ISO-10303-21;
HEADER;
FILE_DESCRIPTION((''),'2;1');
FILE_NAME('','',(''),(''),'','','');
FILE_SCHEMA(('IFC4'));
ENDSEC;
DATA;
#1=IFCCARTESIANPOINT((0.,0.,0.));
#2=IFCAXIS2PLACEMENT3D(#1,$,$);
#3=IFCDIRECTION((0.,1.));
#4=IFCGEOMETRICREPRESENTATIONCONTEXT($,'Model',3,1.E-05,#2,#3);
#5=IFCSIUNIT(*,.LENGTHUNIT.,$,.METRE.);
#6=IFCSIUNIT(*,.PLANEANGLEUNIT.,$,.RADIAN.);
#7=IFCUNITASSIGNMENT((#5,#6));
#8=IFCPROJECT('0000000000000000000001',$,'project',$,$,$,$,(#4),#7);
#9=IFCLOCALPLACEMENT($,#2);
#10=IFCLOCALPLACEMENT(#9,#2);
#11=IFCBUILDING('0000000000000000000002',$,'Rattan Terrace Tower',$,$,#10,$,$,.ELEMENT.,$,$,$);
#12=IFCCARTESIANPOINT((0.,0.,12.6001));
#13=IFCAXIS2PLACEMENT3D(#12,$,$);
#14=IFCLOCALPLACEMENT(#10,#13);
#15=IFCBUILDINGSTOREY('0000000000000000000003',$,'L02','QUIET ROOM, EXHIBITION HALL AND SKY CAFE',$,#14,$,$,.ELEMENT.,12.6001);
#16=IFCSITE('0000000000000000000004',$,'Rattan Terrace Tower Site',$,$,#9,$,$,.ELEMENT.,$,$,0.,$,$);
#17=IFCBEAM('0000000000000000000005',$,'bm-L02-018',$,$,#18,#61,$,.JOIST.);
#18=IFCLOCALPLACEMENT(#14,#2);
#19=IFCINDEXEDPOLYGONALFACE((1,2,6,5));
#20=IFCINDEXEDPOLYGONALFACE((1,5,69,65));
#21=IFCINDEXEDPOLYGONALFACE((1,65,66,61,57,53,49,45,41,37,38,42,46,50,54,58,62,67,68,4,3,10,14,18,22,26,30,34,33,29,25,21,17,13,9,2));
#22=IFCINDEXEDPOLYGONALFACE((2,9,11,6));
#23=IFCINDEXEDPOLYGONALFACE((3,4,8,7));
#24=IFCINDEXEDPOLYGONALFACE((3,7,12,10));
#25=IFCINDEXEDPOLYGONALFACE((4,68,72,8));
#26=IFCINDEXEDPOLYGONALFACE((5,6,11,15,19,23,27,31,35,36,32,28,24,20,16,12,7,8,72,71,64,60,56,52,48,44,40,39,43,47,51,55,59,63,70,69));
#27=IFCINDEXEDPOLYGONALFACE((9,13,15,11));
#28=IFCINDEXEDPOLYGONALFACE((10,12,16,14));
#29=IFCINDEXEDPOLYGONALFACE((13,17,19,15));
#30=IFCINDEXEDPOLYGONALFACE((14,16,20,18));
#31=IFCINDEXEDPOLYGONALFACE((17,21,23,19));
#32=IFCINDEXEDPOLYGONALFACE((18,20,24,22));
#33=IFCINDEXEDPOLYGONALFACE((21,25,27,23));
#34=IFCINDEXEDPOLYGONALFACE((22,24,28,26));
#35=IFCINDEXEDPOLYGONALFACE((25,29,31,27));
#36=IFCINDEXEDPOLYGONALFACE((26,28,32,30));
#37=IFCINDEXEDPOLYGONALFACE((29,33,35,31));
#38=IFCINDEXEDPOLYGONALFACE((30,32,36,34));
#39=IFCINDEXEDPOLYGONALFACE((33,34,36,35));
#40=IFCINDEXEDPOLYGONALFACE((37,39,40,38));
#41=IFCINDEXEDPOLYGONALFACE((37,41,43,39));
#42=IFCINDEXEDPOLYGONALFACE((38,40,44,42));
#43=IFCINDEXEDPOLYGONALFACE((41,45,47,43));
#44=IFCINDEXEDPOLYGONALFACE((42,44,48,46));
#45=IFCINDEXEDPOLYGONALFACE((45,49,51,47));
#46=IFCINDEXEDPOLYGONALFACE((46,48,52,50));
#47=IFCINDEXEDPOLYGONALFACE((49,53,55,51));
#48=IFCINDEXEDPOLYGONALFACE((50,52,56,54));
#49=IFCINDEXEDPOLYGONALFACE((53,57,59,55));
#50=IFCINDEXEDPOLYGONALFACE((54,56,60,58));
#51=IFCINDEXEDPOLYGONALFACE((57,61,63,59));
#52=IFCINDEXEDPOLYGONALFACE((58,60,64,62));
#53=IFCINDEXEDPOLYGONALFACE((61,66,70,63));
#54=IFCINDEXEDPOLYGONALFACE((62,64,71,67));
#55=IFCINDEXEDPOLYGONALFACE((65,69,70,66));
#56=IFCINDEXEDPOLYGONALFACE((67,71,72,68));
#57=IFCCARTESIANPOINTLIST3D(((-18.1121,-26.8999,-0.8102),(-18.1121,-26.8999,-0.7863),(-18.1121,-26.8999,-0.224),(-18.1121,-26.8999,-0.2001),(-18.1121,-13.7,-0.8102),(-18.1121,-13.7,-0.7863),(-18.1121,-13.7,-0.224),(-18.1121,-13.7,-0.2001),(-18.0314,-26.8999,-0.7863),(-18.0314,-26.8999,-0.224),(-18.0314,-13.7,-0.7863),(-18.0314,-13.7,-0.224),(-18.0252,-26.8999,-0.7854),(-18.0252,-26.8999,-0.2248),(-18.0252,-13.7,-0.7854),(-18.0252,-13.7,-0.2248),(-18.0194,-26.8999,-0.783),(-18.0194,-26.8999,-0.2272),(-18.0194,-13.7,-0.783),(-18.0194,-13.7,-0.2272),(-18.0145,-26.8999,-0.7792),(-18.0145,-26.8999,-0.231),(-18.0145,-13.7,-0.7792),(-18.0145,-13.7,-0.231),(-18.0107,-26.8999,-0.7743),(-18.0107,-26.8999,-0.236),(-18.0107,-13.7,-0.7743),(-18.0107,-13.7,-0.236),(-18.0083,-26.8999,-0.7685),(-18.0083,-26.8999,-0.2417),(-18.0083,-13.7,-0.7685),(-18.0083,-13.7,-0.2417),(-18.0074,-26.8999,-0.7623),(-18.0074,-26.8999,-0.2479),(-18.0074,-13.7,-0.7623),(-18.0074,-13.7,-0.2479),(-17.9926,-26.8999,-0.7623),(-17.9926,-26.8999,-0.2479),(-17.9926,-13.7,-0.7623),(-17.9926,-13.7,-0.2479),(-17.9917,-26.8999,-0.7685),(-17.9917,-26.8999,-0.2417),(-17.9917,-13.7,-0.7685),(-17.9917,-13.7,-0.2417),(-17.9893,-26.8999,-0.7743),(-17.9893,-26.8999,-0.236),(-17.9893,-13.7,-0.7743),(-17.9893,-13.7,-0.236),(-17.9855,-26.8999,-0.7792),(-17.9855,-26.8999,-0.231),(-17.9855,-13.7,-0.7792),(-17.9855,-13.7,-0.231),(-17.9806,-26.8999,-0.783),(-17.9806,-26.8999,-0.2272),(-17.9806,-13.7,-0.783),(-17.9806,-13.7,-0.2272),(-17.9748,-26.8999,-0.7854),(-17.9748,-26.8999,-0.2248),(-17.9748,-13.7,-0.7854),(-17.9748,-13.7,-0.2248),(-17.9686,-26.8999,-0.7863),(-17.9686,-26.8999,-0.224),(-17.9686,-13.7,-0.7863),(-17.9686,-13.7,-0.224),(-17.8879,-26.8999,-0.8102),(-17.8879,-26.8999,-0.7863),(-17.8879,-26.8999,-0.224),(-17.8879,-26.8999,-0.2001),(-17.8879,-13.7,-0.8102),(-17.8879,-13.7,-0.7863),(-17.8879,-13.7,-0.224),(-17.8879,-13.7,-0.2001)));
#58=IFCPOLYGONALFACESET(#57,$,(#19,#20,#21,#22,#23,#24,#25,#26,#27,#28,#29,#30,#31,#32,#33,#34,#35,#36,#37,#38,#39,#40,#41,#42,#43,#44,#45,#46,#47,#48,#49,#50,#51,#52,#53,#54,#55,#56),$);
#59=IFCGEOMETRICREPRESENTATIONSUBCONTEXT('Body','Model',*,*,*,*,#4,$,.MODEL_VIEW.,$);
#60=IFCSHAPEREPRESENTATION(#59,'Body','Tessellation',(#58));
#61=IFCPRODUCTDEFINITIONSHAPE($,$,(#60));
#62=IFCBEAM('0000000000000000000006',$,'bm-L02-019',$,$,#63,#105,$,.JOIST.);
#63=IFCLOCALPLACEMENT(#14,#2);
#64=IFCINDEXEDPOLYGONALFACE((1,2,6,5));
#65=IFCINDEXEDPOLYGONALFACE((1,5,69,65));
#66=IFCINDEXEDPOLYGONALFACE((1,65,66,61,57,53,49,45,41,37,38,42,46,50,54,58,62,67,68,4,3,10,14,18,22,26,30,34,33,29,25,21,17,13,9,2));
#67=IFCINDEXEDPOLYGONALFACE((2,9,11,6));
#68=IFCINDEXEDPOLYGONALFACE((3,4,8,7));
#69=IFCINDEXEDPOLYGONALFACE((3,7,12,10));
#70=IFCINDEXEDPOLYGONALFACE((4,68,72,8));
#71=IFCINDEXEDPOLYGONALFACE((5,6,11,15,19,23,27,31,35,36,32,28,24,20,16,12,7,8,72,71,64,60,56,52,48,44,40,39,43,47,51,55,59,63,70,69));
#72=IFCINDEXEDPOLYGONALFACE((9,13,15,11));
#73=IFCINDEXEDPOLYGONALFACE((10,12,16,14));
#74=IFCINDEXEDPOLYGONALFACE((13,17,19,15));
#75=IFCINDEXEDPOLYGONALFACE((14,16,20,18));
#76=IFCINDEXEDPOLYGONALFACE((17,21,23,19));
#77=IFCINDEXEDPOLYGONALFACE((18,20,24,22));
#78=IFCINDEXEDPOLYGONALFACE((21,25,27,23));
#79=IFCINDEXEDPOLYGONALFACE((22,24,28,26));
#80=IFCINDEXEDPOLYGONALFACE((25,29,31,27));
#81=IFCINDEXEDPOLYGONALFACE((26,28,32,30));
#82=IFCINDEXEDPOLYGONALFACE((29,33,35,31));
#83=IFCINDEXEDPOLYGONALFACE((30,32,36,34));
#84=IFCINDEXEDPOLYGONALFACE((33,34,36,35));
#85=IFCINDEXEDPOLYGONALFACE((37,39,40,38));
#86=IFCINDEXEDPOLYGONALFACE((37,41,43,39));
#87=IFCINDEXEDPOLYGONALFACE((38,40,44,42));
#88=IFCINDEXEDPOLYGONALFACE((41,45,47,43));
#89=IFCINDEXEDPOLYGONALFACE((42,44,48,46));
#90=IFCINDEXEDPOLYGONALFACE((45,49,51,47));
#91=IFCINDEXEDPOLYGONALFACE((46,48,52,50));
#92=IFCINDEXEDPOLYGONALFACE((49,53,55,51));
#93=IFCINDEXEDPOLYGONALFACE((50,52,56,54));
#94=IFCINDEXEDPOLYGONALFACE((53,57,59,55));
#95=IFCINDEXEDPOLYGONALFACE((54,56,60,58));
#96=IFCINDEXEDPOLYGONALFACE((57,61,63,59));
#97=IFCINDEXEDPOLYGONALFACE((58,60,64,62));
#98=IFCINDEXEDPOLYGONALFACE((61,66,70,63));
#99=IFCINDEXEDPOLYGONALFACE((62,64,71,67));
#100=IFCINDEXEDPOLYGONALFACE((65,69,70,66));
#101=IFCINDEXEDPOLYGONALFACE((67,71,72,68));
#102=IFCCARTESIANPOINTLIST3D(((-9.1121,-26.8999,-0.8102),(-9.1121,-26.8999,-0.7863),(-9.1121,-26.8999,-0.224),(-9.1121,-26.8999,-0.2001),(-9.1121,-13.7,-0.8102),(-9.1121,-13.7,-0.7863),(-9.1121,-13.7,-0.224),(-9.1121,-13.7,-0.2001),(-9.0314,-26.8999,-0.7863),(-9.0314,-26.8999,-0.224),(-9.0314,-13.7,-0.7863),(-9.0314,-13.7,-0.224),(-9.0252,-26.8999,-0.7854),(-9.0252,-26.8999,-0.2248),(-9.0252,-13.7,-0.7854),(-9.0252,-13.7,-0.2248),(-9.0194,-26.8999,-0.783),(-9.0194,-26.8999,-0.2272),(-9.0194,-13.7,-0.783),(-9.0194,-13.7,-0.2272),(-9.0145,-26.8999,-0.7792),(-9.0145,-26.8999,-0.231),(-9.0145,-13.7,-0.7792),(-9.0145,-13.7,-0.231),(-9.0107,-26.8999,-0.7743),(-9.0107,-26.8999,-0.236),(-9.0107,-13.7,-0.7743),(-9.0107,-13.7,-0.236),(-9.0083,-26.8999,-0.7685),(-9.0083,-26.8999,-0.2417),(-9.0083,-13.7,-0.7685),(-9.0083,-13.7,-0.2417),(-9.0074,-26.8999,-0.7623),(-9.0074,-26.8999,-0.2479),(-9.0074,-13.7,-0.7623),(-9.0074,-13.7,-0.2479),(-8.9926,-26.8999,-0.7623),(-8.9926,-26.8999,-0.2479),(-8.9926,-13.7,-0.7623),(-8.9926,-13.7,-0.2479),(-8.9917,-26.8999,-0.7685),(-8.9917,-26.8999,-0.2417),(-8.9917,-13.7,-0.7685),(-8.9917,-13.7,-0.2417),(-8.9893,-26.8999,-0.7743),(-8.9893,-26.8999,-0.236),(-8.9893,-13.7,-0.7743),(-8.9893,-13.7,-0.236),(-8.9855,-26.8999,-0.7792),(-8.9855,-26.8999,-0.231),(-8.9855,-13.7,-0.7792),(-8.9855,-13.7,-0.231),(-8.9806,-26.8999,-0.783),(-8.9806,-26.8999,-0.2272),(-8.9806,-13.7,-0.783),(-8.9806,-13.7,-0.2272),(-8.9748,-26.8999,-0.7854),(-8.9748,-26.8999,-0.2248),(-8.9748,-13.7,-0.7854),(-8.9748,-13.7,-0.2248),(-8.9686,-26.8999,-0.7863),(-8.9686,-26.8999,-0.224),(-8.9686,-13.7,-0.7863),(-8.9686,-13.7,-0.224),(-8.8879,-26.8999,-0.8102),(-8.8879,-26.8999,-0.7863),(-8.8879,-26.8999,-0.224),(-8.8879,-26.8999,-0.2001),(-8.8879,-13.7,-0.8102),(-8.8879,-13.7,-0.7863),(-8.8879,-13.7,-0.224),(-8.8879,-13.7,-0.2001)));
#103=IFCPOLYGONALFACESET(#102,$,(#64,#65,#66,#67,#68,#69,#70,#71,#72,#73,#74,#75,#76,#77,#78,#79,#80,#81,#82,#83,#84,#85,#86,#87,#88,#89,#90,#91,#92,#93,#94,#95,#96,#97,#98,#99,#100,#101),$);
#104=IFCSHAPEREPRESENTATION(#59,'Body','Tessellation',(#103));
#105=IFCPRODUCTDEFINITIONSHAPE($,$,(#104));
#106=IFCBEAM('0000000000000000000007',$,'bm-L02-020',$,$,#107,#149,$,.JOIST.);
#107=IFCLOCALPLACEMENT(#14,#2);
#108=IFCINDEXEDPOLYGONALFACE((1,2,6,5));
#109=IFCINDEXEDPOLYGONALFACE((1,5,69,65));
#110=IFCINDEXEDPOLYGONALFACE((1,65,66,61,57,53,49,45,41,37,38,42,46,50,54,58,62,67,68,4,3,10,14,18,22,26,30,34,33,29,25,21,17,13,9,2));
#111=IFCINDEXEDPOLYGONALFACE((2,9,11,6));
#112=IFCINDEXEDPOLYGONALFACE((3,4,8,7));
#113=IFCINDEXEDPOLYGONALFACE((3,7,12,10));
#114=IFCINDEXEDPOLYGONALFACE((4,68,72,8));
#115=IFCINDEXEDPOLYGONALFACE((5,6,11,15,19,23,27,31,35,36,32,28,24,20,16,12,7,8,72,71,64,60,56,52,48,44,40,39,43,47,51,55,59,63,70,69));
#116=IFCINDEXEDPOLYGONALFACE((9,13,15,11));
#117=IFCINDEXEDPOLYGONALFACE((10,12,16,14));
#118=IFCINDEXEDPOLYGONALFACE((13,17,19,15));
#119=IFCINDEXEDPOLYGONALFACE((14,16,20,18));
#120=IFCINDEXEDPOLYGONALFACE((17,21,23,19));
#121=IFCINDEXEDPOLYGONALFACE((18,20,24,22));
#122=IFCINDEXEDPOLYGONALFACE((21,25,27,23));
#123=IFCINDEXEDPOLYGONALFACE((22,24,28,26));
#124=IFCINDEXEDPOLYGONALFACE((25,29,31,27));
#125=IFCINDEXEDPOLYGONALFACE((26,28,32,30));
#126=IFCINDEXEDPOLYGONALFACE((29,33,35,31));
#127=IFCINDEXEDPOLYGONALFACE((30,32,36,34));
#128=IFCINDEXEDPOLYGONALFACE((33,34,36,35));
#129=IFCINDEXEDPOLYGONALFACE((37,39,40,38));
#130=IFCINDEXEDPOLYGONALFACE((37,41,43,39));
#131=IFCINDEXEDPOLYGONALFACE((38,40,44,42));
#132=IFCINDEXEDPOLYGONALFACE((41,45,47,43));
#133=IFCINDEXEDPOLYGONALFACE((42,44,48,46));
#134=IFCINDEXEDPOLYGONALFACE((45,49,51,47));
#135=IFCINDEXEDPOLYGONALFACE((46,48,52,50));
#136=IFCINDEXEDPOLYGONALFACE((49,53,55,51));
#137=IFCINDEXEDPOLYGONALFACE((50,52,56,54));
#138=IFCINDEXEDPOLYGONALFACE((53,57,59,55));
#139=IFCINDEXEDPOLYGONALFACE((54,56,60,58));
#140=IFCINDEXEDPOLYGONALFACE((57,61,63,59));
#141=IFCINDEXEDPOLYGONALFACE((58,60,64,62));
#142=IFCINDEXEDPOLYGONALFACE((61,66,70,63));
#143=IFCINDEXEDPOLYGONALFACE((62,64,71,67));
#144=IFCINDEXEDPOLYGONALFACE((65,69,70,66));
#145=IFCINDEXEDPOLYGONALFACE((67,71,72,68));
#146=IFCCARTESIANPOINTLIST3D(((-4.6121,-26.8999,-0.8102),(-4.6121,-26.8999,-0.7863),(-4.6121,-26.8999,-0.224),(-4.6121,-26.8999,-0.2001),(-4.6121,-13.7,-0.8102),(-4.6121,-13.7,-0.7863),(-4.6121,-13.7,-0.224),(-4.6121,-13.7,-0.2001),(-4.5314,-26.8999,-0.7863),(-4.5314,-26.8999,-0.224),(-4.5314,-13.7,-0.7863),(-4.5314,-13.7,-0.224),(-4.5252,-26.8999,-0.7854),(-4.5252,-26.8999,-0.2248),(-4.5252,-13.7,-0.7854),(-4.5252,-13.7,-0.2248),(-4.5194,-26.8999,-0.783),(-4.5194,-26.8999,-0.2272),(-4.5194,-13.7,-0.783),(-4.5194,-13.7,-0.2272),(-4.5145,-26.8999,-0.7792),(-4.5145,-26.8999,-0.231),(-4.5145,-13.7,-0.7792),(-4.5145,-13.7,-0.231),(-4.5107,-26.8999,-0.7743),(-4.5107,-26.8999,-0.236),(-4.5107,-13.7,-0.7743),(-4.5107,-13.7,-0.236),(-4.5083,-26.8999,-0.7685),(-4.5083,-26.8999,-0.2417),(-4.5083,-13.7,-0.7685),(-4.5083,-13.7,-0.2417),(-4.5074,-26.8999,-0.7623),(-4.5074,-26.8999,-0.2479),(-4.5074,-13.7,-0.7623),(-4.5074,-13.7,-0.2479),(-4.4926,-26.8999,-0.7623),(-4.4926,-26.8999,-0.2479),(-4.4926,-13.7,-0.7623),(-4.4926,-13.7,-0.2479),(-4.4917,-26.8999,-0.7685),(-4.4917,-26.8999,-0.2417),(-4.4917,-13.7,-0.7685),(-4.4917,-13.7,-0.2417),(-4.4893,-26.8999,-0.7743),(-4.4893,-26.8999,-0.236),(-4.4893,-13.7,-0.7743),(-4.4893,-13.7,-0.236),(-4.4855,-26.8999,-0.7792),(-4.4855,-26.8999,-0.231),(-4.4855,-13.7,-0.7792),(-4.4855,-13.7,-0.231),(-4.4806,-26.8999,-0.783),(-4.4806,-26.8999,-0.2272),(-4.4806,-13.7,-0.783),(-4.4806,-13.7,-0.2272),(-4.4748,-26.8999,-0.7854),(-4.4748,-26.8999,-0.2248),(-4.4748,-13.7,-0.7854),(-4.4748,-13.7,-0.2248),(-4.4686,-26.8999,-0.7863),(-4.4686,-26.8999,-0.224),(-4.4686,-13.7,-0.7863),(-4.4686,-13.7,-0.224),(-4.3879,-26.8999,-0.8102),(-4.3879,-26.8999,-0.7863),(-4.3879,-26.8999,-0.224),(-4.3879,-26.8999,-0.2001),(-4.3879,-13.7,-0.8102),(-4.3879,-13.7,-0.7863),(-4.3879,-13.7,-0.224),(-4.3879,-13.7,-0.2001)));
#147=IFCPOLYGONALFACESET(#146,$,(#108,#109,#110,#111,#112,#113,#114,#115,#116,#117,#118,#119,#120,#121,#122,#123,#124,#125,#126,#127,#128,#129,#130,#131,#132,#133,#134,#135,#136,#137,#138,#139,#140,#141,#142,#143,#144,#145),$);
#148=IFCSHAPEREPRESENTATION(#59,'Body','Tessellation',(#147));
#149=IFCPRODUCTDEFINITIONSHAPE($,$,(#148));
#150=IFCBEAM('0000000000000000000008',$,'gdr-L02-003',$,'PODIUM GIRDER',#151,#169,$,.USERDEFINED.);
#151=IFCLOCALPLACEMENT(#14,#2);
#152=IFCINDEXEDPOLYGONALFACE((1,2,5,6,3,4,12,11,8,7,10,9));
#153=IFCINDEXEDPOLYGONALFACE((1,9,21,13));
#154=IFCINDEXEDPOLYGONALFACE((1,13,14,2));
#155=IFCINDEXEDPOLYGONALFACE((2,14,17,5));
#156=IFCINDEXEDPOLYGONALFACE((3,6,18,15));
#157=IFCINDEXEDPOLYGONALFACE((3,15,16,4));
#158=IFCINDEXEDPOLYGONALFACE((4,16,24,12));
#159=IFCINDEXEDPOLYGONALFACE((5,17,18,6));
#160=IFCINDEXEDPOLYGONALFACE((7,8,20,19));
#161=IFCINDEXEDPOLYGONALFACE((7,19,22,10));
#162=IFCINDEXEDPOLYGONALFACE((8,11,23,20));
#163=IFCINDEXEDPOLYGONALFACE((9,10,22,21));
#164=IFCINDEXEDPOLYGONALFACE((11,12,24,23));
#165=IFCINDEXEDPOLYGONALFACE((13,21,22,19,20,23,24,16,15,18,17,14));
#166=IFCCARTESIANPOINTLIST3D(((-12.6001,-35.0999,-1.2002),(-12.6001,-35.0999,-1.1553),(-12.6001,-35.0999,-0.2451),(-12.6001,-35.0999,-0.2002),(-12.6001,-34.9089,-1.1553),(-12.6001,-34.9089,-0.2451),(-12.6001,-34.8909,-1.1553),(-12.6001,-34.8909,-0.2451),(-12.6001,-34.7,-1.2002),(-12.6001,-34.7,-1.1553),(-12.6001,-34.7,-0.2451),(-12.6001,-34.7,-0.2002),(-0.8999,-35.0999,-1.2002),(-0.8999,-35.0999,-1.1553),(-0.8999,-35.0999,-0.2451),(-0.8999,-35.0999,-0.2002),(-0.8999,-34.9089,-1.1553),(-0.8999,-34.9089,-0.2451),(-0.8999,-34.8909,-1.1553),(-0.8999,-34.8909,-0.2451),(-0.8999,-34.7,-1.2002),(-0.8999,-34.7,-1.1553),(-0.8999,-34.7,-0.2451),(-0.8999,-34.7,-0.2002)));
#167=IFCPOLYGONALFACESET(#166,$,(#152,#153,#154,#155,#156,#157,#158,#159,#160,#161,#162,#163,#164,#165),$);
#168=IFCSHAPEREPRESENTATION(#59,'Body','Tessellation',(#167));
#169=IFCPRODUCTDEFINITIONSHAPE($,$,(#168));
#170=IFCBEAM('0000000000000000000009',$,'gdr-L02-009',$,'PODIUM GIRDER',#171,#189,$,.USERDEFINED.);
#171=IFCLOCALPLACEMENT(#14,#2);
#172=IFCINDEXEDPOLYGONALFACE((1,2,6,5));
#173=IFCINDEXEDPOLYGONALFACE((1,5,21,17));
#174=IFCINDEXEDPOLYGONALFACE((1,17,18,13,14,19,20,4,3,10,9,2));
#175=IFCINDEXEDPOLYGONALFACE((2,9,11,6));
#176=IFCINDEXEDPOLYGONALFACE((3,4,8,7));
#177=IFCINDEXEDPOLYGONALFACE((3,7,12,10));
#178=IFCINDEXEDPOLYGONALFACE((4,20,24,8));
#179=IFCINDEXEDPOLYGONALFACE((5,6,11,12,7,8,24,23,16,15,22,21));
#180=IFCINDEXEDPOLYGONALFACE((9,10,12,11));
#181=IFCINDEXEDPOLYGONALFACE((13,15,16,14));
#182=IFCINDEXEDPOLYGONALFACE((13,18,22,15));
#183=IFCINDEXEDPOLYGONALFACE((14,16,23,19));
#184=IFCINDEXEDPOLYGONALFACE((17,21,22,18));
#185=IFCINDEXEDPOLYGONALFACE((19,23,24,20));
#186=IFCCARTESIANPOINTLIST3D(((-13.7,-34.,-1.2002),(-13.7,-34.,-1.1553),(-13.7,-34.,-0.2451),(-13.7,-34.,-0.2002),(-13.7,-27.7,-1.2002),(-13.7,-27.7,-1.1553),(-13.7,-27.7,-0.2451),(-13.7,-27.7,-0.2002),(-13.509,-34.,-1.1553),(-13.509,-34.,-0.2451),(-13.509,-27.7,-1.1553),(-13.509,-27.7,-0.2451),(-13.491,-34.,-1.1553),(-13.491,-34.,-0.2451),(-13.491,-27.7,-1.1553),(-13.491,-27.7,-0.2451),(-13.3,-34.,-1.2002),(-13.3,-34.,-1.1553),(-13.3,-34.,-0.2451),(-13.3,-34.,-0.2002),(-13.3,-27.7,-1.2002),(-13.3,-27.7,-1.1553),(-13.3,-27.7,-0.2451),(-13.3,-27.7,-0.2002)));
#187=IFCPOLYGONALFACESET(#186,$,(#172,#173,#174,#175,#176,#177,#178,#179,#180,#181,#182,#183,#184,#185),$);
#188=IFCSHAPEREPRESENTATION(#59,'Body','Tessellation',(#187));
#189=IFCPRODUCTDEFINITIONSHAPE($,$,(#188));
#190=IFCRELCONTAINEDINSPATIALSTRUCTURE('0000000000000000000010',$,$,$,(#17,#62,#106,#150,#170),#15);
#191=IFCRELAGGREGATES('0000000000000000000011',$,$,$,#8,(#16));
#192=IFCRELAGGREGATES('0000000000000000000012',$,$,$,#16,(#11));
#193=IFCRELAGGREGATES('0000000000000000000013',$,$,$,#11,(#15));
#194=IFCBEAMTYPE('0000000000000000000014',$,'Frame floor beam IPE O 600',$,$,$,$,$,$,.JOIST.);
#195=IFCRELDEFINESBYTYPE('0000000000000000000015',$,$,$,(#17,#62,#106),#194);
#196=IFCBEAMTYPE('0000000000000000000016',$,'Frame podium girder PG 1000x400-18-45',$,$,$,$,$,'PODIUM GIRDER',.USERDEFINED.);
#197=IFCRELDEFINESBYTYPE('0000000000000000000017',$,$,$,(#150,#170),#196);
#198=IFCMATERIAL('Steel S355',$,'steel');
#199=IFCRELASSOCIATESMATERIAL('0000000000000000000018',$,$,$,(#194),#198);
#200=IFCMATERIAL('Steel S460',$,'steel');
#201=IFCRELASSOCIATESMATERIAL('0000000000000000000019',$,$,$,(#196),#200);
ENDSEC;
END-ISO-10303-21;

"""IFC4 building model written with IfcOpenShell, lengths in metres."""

from ifc_helpers import new_model, si_unit, direction, frame, origin, origin_2d, place, context, subcontext, project, spatial, i_section, extrude, material, material_profile, profile_set, type_object, element, save


model = new_model("IFC4")

# Units and contexts
model_context = context("Model", 3, precision=1e-05, world=origin(), true_north=direction((0.0, 1.0)))
body_context = subcontext(model_context, "Body", "Model", "MODEL_VIEW")
ifc_project = project(units=[si_unit("LENGTHUNIT", "METRE"), si_unit("PLANEANGLEUNIT", "RADIAN")], contexts=[model_context])

# Site, building, storey
site_placement = place(None, origin())
site = spatial("IfcSite", under=ifc_project, at=site_placement, Name="Rattan Terrace Tower Site", CompositionType="ELEMENT", RefElevation=0.0)
building_placement = place(site_placement, origin())
building = spatial("IfcBuilding", under=site, at=building_placement, Name="Rattan Terrace Tower", CompositionType="ELEMENT")
storey_placement = place(building_placement, frame((0.0, 0.0, 12.6001)))
storey = spatial("IfcBuildingStorey", under=building, at=storey_placement, Name="L02", Description="QUIET ROOM, EXHIBITION HALL AND SKY CAFE", CompositionType="ELEMENT", Elevation=12.6001)

# Beams
ifc_material_1 = material(Name="Steel S355", Category="steel")
ifc_material_profile_1 = material_profile(ifc_material_1, i_section(OverallWidth=0.2241, OverallDepth=0.6101, WebThickness=0.0149, FlangeThickness=0.0239, FilletRadius=0.0239, at=origin_2d()), Name="IPE O 600")
ifc_profile_set_1 = profile_set([ifc_material_profile_1], Name="Steel S355")
beam_type_1 = type_object("IfcBeamType", Name="Frame floor beam IPE O 600", PredefinedType="JOIST", material=ifc_profile_set_1)
for number, where, z_axis, x_axis, name in (
    (1, (-18.0, -26.8999, -0.5051), (0.0, 1.0, 0.0), (-1.0, 0.0, 0.0), "bm-L02-018"),
    (2, (-9.0, -26.8999, -0.5051), (0.0, 1.0, 0.0), (-1.0, 0.0, 0.0), "bm-L02-019"),
    (3, (-4.5, -26.8999, -0.5051), (0.0, 1.0, 0.0), (-1.0, 0.0, 0.0), "bm-L02-020"),
):
    element("IfcBeam", number, at=place(storey_placement, frame(where, z_axis=z_axis, x_axis=x_axis)), inside=storey, type_object=beam_type_1, Name=name, PredefinedType="JOIST", context=body_context, shape_type="SweptSolid", body=[
        extrude(i_section(OverallWidth=0.2241, OverallDepth=0.6101, WebThickness=0.0149, FlangeThickness=0.0239, FilletRadius=0.0239, at=origin_2d()), origin(), (0.0, 0.0, 1.0), 13.2),
    ])
ifc_material_2 = material(Name="Steel S460", Category="steel")
ifc_material_profile_2 = material_profile(ifc_material_2, i_section(OverallWidth=0.3999, OverallDepth=1.0, WebThickness=0.0181, FlangeThickness=0.0449, at=origin_2d()), Name="PG 1000x400-18-45")
ifc_profile_set_2 = profile_set([ifc_material_profile_2], Name="Steel S460")
beam_type_2 = type_object("IfcBeamType", Name="Frame podium girder PG 1000x400-18-45", ElementType="PODIUM GIRDER", PredefinedType="USERDEFINED", material=ifc_profile_set_2)
beam_1_placement = place(storey_placement, frame((-12.6001, -34.8999, -0.7002), z_axis=(1.0, 0.0, 0.0), x_axis=(0.0, 1.0, 0.0)))
element("IfcBeam", 4, at=beam_1_placement, inside=storey, type_object=beam_type_2, Name="gdr-L02-003", ObjectType="PODIUM GIRDER", PredefinedType="USERDEFINED", context=body_context, shape_type="SweptSolid", body=[
    extrude(i_section(OverallWidth=0.3999, OverallDepth=1.0, WebThickness=0.0181, FlangeThickness=0.0449, at=origin_2d()), origin(), (0.0, 0.0, 1.0), 11.7002),
])
for number, where, z_axis, x_axis, name in (
    (5, (-13.5, -34.0, -0.7002), (0.0, 1.0, 0.0), (-1.0, 0.0, 0.0), "gdr-L02-009"),
):
    element("IfcBeam", number, at=place(storey_placement, frame(where, z_axis=z_axis, x_axis=x_axis)), inside=storey, type_object=beam_type_2, Name=name, ObjectType="PODIUM GIRDER", PredefinedType="USERDEFINED", context=body_context, shape_type="SweptSolid", body=[
        extrude(i_section(OverallWidth=0.3999, OverallDepth=1.0, WebThickness=0.0181, FlangeThickness=0.0449, at=origin_2d()), origin(), (0.0, 0.0, 1.0), 6.3),
    ])

save(model, "model.ifc")
